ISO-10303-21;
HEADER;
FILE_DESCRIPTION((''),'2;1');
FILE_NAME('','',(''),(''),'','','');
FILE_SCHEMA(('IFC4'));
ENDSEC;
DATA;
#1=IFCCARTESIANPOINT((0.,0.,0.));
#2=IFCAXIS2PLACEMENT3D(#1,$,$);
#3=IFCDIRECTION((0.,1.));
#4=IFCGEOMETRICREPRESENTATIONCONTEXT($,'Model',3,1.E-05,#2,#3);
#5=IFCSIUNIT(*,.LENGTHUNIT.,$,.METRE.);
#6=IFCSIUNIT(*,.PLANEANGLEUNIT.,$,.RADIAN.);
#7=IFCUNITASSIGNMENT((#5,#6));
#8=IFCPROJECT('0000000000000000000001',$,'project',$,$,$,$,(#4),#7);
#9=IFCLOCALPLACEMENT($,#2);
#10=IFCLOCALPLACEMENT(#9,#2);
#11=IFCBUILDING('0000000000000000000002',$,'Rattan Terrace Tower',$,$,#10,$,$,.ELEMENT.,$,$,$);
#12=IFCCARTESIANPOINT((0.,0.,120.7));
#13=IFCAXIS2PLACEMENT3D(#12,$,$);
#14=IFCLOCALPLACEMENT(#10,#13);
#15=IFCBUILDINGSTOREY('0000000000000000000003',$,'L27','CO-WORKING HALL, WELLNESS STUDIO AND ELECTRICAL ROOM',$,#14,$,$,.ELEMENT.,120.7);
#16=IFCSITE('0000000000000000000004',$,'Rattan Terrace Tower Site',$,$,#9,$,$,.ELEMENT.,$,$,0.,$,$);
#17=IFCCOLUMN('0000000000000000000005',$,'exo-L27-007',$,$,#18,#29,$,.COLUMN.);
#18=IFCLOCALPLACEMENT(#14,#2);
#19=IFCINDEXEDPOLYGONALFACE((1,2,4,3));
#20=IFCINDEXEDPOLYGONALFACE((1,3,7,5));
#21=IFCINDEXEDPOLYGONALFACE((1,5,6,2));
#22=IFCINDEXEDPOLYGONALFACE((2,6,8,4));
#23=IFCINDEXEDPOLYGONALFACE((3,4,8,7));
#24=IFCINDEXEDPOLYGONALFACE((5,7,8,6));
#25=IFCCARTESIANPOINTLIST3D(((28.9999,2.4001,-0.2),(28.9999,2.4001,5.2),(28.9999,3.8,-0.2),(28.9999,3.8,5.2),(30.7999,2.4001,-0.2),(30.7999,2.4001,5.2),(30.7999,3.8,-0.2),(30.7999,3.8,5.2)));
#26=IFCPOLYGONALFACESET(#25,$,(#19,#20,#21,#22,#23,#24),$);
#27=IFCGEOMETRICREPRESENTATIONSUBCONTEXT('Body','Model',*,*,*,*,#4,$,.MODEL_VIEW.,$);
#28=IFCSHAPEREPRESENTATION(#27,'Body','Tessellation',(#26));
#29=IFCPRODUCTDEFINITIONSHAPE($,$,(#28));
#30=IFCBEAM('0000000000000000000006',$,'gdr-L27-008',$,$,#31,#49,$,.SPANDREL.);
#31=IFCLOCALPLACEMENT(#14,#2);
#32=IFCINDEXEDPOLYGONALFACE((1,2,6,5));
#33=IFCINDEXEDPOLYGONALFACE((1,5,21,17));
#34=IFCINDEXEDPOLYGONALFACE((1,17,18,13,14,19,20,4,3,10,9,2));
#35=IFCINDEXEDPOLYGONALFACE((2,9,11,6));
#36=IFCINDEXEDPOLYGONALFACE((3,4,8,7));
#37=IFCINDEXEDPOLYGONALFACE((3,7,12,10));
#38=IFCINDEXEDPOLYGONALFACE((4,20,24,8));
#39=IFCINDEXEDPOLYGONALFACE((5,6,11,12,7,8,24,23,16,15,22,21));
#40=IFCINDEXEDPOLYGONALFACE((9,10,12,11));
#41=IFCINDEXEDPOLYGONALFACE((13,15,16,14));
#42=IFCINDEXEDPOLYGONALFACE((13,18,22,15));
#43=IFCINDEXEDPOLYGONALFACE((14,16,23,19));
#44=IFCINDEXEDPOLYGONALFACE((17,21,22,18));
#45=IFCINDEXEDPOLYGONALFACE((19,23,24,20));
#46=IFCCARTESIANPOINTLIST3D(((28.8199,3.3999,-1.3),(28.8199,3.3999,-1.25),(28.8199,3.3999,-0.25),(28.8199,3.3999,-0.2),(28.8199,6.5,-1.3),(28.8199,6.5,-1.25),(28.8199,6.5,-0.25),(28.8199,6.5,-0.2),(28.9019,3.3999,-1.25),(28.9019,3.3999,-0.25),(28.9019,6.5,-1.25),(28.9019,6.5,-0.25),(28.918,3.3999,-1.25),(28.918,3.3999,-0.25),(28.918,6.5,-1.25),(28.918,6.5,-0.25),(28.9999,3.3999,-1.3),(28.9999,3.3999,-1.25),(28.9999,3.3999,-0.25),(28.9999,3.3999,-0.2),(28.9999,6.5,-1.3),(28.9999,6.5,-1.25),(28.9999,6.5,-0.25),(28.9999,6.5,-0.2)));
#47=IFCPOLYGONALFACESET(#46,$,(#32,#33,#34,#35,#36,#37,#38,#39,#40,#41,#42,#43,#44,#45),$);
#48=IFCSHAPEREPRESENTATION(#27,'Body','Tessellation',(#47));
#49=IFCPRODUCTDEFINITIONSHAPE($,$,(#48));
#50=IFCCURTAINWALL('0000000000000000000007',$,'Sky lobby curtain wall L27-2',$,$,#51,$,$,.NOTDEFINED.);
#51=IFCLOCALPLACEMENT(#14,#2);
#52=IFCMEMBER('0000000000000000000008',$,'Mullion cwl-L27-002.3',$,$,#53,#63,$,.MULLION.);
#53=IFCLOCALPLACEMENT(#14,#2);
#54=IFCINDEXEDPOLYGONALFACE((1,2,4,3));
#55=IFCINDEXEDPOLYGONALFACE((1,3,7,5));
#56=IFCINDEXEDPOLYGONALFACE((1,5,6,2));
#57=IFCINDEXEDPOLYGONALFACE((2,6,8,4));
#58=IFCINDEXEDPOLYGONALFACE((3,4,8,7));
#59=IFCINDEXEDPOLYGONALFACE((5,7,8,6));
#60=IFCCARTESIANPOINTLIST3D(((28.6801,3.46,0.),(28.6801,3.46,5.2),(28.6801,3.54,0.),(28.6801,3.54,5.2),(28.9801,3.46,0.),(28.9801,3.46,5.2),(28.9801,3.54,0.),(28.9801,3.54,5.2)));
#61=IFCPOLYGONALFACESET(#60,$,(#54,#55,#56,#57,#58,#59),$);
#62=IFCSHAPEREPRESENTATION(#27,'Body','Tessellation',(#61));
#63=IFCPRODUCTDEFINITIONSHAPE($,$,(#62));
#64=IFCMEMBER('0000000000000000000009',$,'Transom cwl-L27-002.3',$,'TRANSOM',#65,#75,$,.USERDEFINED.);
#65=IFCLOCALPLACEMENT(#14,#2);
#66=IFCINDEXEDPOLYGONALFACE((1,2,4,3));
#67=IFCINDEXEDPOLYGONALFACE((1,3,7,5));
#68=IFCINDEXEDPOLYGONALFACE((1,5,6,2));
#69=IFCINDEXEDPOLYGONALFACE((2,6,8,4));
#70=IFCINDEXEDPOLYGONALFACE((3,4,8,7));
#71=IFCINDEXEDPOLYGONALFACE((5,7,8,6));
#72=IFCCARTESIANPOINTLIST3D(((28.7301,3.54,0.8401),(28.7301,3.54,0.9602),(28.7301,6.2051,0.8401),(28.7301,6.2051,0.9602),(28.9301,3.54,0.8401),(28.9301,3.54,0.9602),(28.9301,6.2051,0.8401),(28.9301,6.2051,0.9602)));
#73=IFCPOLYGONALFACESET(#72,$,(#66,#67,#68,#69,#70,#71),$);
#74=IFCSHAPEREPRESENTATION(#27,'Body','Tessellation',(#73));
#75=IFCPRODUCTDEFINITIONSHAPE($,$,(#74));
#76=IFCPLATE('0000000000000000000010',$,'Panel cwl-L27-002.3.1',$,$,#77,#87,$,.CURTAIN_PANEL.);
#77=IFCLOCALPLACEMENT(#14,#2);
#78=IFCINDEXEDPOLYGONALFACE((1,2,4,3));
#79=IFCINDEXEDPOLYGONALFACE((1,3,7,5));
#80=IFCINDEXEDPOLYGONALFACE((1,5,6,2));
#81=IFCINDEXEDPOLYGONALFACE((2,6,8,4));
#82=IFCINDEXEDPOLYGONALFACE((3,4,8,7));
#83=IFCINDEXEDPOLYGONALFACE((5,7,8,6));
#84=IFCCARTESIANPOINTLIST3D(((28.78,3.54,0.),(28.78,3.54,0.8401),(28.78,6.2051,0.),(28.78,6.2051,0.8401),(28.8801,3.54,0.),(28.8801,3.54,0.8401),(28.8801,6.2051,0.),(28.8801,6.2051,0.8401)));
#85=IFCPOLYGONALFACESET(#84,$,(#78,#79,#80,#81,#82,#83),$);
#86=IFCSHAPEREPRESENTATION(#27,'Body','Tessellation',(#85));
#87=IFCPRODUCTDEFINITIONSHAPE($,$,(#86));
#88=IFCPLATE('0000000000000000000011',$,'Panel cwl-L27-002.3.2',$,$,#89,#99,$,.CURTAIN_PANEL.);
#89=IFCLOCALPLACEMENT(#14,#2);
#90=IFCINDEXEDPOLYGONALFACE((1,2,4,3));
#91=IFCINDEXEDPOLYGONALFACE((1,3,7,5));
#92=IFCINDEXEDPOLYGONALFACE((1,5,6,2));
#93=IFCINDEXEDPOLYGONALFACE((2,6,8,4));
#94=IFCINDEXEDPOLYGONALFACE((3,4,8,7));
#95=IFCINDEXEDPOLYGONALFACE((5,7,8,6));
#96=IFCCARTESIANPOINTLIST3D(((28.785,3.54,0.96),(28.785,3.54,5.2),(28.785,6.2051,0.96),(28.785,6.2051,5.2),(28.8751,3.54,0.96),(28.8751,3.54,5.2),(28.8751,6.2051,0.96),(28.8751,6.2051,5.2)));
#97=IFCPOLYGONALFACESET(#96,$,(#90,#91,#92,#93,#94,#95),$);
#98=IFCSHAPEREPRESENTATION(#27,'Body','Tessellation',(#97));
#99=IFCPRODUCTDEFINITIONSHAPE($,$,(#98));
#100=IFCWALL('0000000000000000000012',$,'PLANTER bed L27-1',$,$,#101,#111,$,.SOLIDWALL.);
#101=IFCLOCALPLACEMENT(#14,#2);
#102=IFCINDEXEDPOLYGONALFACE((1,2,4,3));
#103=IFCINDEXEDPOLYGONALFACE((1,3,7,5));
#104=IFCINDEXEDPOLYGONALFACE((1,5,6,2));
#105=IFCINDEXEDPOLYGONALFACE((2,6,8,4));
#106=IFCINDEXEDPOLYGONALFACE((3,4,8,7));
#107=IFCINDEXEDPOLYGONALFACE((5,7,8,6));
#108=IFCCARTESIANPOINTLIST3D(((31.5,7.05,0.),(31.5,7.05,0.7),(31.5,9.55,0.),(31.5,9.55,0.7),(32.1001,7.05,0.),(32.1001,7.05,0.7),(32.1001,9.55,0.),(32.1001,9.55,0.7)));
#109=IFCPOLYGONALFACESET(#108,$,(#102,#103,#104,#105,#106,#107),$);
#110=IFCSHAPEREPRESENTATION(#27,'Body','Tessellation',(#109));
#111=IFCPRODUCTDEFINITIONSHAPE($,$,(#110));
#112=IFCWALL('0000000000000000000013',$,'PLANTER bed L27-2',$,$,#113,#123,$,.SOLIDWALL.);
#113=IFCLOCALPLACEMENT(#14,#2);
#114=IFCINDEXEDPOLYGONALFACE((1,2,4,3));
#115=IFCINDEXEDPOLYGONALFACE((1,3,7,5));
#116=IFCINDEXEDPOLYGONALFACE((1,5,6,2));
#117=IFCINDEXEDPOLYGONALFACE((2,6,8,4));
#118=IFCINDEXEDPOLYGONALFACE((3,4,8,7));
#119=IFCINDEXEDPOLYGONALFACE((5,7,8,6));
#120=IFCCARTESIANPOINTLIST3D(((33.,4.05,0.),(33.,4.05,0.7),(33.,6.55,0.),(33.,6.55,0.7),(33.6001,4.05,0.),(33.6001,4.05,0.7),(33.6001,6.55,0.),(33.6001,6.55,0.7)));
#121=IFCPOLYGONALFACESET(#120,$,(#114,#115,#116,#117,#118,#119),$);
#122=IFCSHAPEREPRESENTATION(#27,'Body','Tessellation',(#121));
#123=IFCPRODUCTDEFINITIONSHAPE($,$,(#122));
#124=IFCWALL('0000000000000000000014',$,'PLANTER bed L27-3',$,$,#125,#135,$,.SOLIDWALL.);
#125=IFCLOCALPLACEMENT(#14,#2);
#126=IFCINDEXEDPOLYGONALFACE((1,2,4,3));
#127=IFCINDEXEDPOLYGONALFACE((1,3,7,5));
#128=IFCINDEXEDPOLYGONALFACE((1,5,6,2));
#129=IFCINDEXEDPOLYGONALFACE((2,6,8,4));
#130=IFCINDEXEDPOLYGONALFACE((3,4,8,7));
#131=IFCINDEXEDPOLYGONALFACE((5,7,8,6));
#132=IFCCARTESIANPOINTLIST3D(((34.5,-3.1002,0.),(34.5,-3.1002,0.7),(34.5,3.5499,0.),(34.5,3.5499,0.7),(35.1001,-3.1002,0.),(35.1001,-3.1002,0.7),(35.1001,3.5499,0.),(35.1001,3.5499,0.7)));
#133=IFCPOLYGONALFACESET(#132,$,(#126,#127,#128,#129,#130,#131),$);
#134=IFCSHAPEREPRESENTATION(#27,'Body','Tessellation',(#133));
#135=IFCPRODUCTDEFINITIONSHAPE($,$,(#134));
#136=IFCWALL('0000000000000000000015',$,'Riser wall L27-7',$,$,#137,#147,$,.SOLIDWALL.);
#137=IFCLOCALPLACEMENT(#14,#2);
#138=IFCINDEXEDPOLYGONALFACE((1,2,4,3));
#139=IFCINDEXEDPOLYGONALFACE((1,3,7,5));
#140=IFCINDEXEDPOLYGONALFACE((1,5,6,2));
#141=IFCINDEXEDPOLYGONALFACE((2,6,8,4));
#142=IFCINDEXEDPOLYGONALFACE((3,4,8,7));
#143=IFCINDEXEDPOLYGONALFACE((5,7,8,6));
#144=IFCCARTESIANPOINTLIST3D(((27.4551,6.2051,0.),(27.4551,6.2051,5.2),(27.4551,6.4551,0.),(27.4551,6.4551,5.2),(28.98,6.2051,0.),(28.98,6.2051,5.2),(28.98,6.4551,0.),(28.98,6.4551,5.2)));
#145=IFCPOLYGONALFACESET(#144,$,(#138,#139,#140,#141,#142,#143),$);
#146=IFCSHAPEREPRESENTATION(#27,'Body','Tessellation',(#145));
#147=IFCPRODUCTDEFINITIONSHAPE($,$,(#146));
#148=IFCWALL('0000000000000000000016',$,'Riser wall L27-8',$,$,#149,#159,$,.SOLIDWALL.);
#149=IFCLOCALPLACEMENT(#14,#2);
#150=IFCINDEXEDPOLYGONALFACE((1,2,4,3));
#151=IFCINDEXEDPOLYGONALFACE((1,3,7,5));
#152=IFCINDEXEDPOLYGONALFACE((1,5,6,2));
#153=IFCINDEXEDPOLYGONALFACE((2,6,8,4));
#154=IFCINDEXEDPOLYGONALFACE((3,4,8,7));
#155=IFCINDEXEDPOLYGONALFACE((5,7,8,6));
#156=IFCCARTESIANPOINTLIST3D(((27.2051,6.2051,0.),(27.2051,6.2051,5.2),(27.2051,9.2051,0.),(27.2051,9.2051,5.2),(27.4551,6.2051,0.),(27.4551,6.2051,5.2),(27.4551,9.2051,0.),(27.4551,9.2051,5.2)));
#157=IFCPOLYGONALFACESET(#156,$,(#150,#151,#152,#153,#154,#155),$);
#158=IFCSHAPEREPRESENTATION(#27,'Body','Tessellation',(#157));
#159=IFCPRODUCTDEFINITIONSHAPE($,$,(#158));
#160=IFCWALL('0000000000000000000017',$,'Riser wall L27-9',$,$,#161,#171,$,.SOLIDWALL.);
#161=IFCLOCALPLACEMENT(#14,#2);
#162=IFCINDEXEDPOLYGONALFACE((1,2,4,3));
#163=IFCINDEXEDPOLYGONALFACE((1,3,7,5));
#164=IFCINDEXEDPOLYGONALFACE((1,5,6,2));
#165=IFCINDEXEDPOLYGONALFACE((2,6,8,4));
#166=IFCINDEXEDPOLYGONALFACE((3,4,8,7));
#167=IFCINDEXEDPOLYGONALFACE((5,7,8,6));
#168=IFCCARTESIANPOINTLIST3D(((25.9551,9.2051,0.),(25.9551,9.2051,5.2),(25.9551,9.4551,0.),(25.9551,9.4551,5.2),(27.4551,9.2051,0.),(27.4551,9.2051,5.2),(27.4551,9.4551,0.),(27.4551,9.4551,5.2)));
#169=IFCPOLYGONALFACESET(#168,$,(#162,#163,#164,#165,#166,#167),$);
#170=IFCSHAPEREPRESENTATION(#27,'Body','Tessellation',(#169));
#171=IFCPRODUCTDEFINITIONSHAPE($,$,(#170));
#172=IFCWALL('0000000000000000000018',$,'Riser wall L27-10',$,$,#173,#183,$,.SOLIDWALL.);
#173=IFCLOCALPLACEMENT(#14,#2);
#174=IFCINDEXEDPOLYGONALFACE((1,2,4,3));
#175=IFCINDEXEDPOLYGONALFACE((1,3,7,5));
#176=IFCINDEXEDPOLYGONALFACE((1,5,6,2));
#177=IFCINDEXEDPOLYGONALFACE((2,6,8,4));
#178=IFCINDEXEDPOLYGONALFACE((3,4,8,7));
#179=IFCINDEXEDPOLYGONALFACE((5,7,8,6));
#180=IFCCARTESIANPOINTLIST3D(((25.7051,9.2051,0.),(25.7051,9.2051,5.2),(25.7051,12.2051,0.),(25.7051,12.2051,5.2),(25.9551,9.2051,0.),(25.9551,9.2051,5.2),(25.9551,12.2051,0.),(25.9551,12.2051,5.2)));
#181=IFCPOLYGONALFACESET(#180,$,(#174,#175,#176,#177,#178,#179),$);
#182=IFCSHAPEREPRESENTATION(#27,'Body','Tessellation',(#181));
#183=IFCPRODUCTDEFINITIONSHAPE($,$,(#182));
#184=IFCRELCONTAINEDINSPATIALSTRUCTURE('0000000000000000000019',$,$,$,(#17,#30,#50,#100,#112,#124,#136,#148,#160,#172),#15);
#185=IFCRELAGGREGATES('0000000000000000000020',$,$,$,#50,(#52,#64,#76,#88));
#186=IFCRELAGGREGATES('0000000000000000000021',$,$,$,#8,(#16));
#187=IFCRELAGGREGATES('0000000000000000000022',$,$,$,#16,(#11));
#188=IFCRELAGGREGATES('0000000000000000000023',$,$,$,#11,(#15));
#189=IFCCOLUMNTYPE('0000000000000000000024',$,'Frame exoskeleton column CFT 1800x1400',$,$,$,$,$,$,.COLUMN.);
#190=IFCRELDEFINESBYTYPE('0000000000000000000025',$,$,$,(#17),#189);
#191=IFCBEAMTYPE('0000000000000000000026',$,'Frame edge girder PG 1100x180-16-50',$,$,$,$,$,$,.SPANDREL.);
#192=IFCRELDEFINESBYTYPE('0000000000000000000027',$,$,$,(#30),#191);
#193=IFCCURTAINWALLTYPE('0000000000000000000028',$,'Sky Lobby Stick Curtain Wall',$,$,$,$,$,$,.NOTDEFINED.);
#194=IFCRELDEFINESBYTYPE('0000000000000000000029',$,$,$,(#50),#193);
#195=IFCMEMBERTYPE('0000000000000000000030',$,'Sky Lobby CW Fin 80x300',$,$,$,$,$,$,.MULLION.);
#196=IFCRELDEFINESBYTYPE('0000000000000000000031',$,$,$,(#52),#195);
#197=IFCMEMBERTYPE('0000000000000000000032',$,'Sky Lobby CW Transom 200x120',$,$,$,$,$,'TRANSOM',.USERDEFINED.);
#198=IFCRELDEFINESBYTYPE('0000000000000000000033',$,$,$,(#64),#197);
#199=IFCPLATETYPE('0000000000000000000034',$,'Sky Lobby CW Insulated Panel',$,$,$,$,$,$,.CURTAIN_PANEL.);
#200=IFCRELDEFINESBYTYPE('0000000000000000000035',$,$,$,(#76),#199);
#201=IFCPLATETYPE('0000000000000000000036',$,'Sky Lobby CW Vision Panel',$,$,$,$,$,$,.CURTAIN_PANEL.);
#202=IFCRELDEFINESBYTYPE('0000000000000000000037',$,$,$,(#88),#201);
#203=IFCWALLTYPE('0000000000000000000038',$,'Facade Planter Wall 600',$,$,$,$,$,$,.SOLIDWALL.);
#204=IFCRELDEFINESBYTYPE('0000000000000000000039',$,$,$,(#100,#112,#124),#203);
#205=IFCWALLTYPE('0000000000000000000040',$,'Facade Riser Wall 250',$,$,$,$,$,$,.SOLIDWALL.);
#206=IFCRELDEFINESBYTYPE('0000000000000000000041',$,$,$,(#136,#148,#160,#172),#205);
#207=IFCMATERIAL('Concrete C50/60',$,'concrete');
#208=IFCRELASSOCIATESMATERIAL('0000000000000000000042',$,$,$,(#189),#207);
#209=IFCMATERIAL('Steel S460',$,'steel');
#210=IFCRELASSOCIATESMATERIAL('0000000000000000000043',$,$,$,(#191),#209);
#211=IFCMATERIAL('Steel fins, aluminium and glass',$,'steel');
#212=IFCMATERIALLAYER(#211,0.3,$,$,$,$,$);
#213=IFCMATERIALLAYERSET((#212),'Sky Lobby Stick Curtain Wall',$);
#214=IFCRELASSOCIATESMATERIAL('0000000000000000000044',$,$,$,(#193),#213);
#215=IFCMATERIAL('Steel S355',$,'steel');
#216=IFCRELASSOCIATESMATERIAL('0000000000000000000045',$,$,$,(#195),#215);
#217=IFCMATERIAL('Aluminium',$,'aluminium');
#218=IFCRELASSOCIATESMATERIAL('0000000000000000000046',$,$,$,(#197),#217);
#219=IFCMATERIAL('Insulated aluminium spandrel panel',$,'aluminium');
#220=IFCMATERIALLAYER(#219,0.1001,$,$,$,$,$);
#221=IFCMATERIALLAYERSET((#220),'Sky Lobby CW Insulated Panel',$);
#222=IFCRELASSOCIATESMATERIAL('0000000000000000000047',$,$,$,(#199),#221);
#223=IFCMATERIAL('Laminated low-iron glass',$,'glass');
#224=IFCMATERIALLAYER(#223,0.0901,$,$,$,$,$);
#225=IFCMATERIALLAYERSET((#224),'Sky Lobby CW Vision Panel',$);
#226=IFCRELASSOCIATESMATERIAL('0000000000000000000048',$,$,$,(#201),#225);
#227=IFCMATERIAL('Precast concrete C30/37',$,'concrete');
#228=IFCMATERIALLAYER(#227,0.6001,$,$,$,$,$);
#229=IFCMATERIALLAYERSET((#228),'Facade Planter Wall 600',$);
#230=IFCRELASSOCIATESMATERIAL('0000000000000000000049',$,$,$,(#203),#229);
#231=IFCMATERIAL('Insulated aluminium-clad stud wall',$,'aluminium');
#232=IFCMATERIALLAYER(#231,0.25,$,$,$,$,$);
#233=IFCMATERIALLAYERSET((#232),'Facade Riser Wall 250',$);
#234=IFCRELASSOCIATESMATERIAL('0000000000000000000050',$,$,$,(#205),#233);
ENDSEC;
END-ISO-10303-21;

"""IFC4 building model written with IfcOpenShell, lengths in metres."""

from ifc_helpers import new_model, si_unit, direction, frame, frame_2d, origin, origin_2d, place, context, subcontext, project, spatial, rectangle, i_section, extrude, material, layer, layer_set, material_profile, profile_set, type_object, element, aggregate, save


model = new_model("IFC4")

# Units and contexts
model_context = context("Model", 3, precision=1e-05, world=origin(), true_north=direction((0.0, 1.0)))
body_context = subcontext(model_context, "Body", "Model", "MODEL_VIEW")
ifc_project = project(units=[si_unit("LENGTHUNIT", "METRE"), si_unit("PLANEANGLEUNIT", "RADIAN")], contexts=[model_context])

# Site, building, storey
site_placement = place(None, origin())
site = spatial("IfcSite", under=ifc_project, at=site_placement, Name="Rattan Terrace Tower Site", CompositionType="ELEMENT", RefElevation=0.0)
building_placement = place(site_placement, origin())
building = spatial("IfcBuilding", under=site, at=building_placement, Name="Rattan Terrace Tower", CompositionType="ELEMENT")
storey_placement = place(building_placement, frame((0.0, 0.0, 120.7)))
storey = spatial("IfcBuildingStorey", under=building, at=storey_placement, Name="L27", Description="CO-WORKING HALL, WELLNESS STUDIO AND ELECTRICAL ROOM", CompositionType="ELEMENT", Elevation=120.7)

# Column
ifc_material_1 = material(Name="Concrete C50/60", Category="concrete")
ifc_material_profile_1 = material_profile(ifc_material_1, rectangle(XDim=1.3999, YDim=1.8, at=origin_2d()), Name="CFT 1800x1400")
ifc_profile_set_1 = profile_set([ifc_material_profile_1], Name="Concrete C50/60")
column_type = type_object("IfcColumnType", Name="Frame exoskeleton column CFT 1800x1400", PredefinedType="COLUMN", material=ifc_profile_set_1)
column_placement = place(storey_placement, frame((29.8999, 3.1001, -0.2), z_axis=(0.0, 0.0, 1.0), x_axis=(0.0, 1.0, 0.0)))
element("IfcColumn", 1, at=column_placement, inside=storey, type_object=column_type, Name="exo-L27-007", PredefinedType="COLUMN", context=body_context, shape_type="SweptSolid", body=[
    extrude(rectangle(XDim=1.3999, YDim=1.8, at=origin_2d()), origin(), (0.0, 0.0, 1.0), 5.3999),
])

# Beam
ifc_material_2 = material(Name="Steel S460", Category="steel")
ifc_material_profile_2 = material_profile(ifc_material_2, i_section(OverallWidth=0.1799, OverallDepth=1.1001, WebThickness=0.0161, FlangeThickness=0.05, at=origin_2d()), Name="PG 1100x180-16-50")
ifc_profile_set_2 = profile_set([ifc_material_profile_2], Name="Steel S460")
beam_type = type_object("IfcBeamType", Name="Frame edge girder PG 1100x180-16-50", PredefinedType="SPANDREL", material=ifc_profile_set_2)
beam_placement = place(storey_placement, frame((28.9099, 3.3999, -0.75), z_axis=(0.0, 1.0, 0.0), x_axis=(-1.0, 0.0, 0.0)))
element("IfcBeam", 2, at=beam_placement, inside=storey, type_object=beam_type, Name="gdr-L27-008", PredefinedType="SPANDREL", context=body_context, shape_type="SweptSolid", body=[
    extrude(i_section(OverallWidth=0.1799, OverallDepth=1.1001, WebThickness=0.0161, FlangeThickness=0.05, at=origin_2d()), origin(), (0.0, 0.0, 1.0), 3.1001),
])

# Curtain wall, members, plates
ifc_material_3 = material(Name="Steel fins, aluminium and glass", Category="steel")
ifc_layer_1 = layer(ifc_material_3, 0.3)
ifc_layer_set_1 = layer_set([ifc_layer_1], Name="Sky Lobby Stick Curtain Wall")
curtain_wall_type = type_object("IfcCurtainWallType", Name="Sky Lobby Stick Curtain Wall", PredefinedType="NOTDEFINED", material=ifc_layer_set_1)
curtain_wall_placement = place(storey_placement, origin())
curtain_wall = element("IfcCurtainWall", 3, at=curtain_wall_placement, inside=storey, type_object=curtain_wall_type, Name="Sky lobby curtain wall L27-2", PredefinedType="NOTDEFINED")
ifc_material_4 = material(Name="Steel S355", Category="steel")
ifc_material_profile_3 = material_profile(ifc_material_4, rectangle(XDim=0.0801, YDim=0.3, at=origin_2d()), Name="Steel S355 80x300")
ifc_profile_set_3 = profile_set([ifc_material_profile_3], Name="Steel S355")
member_type_1 = type_object("IfcMemberType", Name="Sky Lobby CW Fin 80x300", PredefinedType="MULLION", material=ifc_profile_set_3)
member_1_placement = place(storey_placement, frame((28.8301, 3.5, 0.0), z_axis=(0.0, 0.0, 1.0), x_axis=(0.0, 1.0, 0.0)))
member_1 = element("IfcMember", 4, at=member_1_placement, type_object=member_type_1, Name="Mullion cwl-L27-002.3", PredefinedType="MULLION", context=body_context, shape_type="SweptSolid", body=[
    extrude(rectangle(XDim=0.0801, YDim=0.3, at=origin_2d()), origin(), (0.0, 0.0, 1.0), 5.2),
])
ifc_material_5 = material(Name="Aluminium", Category="aluminium")
ifc_material_profile_4 = material_profile(ifc_material_5, rectangle(XDim=0.2, YDim=0.1201, at=origin_2d()), Name="Aluminium 200x120")
ifc_profile_set_4 = profile_set([ifc_material_profile_4], Name="Aluminium")
member_type_2 = type_object("IfcMemberType", Name="Sky Lobby CW Transom 200x120", ElementType="TRANSOM", PredefinedType="USERDEFINED", material=ifc_profile_set_4)
member_2_placement = place(storey_placement, frame((28.8301, 3.54, 0.9001), z_axis=(0.0, 1.0, 0.0), x_axis=(-1.0, 0.0, 0.0)))
member_2 = element("IfcMember", 5, at=member_2_placement, type_object=member_type_2, Name="Transom cwl-L27-002.3", ObjectType="TRANSOM", PredefinedType="USERDEFINED", context=body_context, shape_type="SweptSolid", body=[
    extrude(rectangle(XDim=0.2, YDim=0.1201, at=origin_2d()), origin(), (0.0, 0.0, 1.0), 2.665),
])
ifc_material_6 = material(Name="Insulated aluminium spandrel panel", Category="aluminium")
ifc_layer_2 = layer(ifc_material_6, 0.1001)
ifc_layer_set_2 = layer_set([ifc_layer_2], Name="Sky Lobby CW Insulated Panel")
plate_type_1 = type_object("IfcPlateType", Name="Sky Lobby CW Insulated Panel", PredefinedType="CURTAIN_PANEL", material=ifc_layer_set_2)
plate_1_placement = place(storey_placement, frame((28.8301, 4.8726, 0.0), z_axis=(0.0, 0.0, 1.0), x_axis=(0.0, 1.0, 0.0)))
plate_1 = element("IfcPlate", 6, at=plate_1_placement, type_object=plate_type_1, Name="Panel cwl-L27-002.3.1", PredefinedType="CURTAIN_PANEL", context=body_context, shape_type="SweptSolid", body=[
    extrude(rectangle(XDim=2.665, YDim=0.1001, at=origin_2d()), origin(), (0.0, 0.0, 1.0), 0.8401),
])
ifc_material_7 = material(Name="Laminated low-iron glass", Category="glass")
ifc_layer_3 = layer(ifc_material_7, 0.0901)
ifc_layer_set_3 = layer_set([ifc_layer_3], Name="Sky Lobby CW Vision Panel")
plate_type_2 = type_object("IfcPlateType", Name="Sky Lobby CW Vision Panel", PredefinedType="CURTAIN_PANEL", material=ifc_layer_set_3)
plate_2_placement = place(storey_placement, frame((28.8301, 4.8726, 0.96), z_axis=(0.0, 0.0, 1.0), x_axis=(0.0, 1.0, 0.0)))
plate_2 = element("IfcPlate", 7, at=plate_2_placement, type_object=plate_type_2, Name="Panel cwl-L27-002.3.2", PredefinedType="CURTAIN_PANEL", context=body_context, shape_type="SweptSolid", body=[
    extrude(rectangle(XDim=2.665, YDim=0.0901, at=origin_2d()), origin(), (0.0, 0.0, 1.0), 4.24),
])
aggregate(curtain_wall, [member_1, member_2, plate_1, plate_2])

# Walls
ifc_material_8 = material(Name="Precast concrete C30/37", Category="concrete")
ifc_layer_4 = layer(ifc_material_8, 0.6001)
ifc_layer_set_4 = layer_set([ifc_layer_4], Name="Facade Planter Wall 600")
wall_type_1 = type_object("IfcWallType", Name="Facade Planter Wall 600", PredefinedType="SOLIDWALL", material=ifc_layer_set_4)
for number, where, z_axis, x_axis, name in (
    (8, (31.8, 9.55, 0.0), (0.0, 0.0, 1.0), (0.0, -1.0, 0.0), "PLANTER bed L27-1"),
    (9, (33.3, 6.55, 0.0), (0.0, 0.0, 1.0), (0.0, -1.0, 0.0), "PLANTER bed L27-2"),
):
    element("IfcWall", number, at=place(storey_placement, frame(where, z_axis=z_axis, x_axis=x_axis)), inside=storey, type_object=wall_type_1, Name=name, PredefinedType="SOLIDWALL", context=body_context, shape_type="SweptSolid", body=[
        extrude(rectangle(XDim=2.5, YDim=0.6001, at=frame_2d((1.25, 0.0))), origin(), (0.0, 0.0, 1.0), 0.7),
    ])
wall_1_placement = place(storey_placement, frame((34.8, 3.55, 0.0), z_axis=(0.0, 0.0, 1.0), x_axis=(0.0, -1.0, 0.0)))
element("IfcWall", 10, at=wall_1_placement, inside=storey, type_object=wall_type_1, Name="PLANTER bed L27-3", PredefinedType="SOLIDWALL", context=body_context, shape_type="SweptSolid", body=[
    extrude(rectangle(XDim=6.6501, YDim=0.6001, at=frame_2d((3.3252, 0.0))), origin(), (0.0, 0.0, 1.0), 0.7),
])
ifc_material_9 = material(Name="Insulated aluminium-clad stud wall", Category="aluminium")
ifc_layer_5 = layer(ifc_material_9, 0.25)
ifc_layer_set_5 = layer_set([ifc_layer_5], Name="Facade Riser Wall 250")
wall_type_2 = type_object("IfcWallType", Name="Facade Riser Wall 250", PredefinedType="SOLIDWALL", material=ifc_layer_set_5)
wall_2_placement = place(storey_placement, frame((28.98, 6.3301, 0.0), z_axis=(0.0, 0.0, 1.0), x_axis=(-1.0, 0.0, 0.0)))
element("IfcWall", 11, at=wall_2_placement, inside=storey, type_object=wall_type_2, Name="Riser wall L27-7", PredefinedType="SOLIDWALL", context=body_context, shape_type="SweptSolid", body=[
    extrude(rectangle(XDim=1.5249, YDim=0.25, at=frame_2d((0.7625, 0.0))), origin(), (0.0, 0.0, 1.0), 5.2),
])
wall_3_placement = place(storey_placement, frame((27.3301, 6.2051, 0.0), z_axis=(0.0, 0.0, 1.0), x_axis=(0.0, 1.0, 0.0)))
element("IfcWall", 12, at=wall_3_placement, inside=storey, type_object=wall_type_2, Name="Riser wall L27-8", PredefinedType="SOLIDWALL", context=body_context, shape_type="SweptSolid", body=[
    extrude(rectangle(XDim=3.0, YDim=0.25, at=frame_2d((1.5, 0.0))), origin(), (0.0, 0.0, 1.0), 5.2),
])
wall_4_placement = place(storey_placement, frame((27.4551, 9.3301, 0.0), z_axis=(0.0, 0.0, 1.0), x_axis=(-1.0, 0.0, 0.0)))
element("IfcWall", 13, at=wall_4_placement, inside=storey, type_object=wall_type_2, Name="Riser wall L27-9", PredefinedType="SOLIDWALL", context=body_context, shape_type="SweptSolid", body=[
    extrude(rectangle(XDim=1.5, YDim=0.25, at=frame_2d((0.75, 0.0))), origin(), (0.0, 0.0, 1.0), 5.2),
])
wall_5_placement = place(storey_placement, frame((25.8301, 9.2051, 0.0), z_axis=(0.0, 0.0, 1.0), x_axis=(0.0, 1.0, 0.0)))
element("IfcWall", 14, at=wall_5_placement, inside=storey, type_object=wall_type_2, Name="Riser wall L27-10", PredefinedType="SOLIDWALL", context=body_context, shape_type="SweptSolid", body=[
    extrude(rectangle(XDim=3.0, YDim=0.25, at=frame_2d((1.5, 0.0))), origin(), (0.0, 0.0, 1.0), 5.2),
])

save(model, "model.ifc")
